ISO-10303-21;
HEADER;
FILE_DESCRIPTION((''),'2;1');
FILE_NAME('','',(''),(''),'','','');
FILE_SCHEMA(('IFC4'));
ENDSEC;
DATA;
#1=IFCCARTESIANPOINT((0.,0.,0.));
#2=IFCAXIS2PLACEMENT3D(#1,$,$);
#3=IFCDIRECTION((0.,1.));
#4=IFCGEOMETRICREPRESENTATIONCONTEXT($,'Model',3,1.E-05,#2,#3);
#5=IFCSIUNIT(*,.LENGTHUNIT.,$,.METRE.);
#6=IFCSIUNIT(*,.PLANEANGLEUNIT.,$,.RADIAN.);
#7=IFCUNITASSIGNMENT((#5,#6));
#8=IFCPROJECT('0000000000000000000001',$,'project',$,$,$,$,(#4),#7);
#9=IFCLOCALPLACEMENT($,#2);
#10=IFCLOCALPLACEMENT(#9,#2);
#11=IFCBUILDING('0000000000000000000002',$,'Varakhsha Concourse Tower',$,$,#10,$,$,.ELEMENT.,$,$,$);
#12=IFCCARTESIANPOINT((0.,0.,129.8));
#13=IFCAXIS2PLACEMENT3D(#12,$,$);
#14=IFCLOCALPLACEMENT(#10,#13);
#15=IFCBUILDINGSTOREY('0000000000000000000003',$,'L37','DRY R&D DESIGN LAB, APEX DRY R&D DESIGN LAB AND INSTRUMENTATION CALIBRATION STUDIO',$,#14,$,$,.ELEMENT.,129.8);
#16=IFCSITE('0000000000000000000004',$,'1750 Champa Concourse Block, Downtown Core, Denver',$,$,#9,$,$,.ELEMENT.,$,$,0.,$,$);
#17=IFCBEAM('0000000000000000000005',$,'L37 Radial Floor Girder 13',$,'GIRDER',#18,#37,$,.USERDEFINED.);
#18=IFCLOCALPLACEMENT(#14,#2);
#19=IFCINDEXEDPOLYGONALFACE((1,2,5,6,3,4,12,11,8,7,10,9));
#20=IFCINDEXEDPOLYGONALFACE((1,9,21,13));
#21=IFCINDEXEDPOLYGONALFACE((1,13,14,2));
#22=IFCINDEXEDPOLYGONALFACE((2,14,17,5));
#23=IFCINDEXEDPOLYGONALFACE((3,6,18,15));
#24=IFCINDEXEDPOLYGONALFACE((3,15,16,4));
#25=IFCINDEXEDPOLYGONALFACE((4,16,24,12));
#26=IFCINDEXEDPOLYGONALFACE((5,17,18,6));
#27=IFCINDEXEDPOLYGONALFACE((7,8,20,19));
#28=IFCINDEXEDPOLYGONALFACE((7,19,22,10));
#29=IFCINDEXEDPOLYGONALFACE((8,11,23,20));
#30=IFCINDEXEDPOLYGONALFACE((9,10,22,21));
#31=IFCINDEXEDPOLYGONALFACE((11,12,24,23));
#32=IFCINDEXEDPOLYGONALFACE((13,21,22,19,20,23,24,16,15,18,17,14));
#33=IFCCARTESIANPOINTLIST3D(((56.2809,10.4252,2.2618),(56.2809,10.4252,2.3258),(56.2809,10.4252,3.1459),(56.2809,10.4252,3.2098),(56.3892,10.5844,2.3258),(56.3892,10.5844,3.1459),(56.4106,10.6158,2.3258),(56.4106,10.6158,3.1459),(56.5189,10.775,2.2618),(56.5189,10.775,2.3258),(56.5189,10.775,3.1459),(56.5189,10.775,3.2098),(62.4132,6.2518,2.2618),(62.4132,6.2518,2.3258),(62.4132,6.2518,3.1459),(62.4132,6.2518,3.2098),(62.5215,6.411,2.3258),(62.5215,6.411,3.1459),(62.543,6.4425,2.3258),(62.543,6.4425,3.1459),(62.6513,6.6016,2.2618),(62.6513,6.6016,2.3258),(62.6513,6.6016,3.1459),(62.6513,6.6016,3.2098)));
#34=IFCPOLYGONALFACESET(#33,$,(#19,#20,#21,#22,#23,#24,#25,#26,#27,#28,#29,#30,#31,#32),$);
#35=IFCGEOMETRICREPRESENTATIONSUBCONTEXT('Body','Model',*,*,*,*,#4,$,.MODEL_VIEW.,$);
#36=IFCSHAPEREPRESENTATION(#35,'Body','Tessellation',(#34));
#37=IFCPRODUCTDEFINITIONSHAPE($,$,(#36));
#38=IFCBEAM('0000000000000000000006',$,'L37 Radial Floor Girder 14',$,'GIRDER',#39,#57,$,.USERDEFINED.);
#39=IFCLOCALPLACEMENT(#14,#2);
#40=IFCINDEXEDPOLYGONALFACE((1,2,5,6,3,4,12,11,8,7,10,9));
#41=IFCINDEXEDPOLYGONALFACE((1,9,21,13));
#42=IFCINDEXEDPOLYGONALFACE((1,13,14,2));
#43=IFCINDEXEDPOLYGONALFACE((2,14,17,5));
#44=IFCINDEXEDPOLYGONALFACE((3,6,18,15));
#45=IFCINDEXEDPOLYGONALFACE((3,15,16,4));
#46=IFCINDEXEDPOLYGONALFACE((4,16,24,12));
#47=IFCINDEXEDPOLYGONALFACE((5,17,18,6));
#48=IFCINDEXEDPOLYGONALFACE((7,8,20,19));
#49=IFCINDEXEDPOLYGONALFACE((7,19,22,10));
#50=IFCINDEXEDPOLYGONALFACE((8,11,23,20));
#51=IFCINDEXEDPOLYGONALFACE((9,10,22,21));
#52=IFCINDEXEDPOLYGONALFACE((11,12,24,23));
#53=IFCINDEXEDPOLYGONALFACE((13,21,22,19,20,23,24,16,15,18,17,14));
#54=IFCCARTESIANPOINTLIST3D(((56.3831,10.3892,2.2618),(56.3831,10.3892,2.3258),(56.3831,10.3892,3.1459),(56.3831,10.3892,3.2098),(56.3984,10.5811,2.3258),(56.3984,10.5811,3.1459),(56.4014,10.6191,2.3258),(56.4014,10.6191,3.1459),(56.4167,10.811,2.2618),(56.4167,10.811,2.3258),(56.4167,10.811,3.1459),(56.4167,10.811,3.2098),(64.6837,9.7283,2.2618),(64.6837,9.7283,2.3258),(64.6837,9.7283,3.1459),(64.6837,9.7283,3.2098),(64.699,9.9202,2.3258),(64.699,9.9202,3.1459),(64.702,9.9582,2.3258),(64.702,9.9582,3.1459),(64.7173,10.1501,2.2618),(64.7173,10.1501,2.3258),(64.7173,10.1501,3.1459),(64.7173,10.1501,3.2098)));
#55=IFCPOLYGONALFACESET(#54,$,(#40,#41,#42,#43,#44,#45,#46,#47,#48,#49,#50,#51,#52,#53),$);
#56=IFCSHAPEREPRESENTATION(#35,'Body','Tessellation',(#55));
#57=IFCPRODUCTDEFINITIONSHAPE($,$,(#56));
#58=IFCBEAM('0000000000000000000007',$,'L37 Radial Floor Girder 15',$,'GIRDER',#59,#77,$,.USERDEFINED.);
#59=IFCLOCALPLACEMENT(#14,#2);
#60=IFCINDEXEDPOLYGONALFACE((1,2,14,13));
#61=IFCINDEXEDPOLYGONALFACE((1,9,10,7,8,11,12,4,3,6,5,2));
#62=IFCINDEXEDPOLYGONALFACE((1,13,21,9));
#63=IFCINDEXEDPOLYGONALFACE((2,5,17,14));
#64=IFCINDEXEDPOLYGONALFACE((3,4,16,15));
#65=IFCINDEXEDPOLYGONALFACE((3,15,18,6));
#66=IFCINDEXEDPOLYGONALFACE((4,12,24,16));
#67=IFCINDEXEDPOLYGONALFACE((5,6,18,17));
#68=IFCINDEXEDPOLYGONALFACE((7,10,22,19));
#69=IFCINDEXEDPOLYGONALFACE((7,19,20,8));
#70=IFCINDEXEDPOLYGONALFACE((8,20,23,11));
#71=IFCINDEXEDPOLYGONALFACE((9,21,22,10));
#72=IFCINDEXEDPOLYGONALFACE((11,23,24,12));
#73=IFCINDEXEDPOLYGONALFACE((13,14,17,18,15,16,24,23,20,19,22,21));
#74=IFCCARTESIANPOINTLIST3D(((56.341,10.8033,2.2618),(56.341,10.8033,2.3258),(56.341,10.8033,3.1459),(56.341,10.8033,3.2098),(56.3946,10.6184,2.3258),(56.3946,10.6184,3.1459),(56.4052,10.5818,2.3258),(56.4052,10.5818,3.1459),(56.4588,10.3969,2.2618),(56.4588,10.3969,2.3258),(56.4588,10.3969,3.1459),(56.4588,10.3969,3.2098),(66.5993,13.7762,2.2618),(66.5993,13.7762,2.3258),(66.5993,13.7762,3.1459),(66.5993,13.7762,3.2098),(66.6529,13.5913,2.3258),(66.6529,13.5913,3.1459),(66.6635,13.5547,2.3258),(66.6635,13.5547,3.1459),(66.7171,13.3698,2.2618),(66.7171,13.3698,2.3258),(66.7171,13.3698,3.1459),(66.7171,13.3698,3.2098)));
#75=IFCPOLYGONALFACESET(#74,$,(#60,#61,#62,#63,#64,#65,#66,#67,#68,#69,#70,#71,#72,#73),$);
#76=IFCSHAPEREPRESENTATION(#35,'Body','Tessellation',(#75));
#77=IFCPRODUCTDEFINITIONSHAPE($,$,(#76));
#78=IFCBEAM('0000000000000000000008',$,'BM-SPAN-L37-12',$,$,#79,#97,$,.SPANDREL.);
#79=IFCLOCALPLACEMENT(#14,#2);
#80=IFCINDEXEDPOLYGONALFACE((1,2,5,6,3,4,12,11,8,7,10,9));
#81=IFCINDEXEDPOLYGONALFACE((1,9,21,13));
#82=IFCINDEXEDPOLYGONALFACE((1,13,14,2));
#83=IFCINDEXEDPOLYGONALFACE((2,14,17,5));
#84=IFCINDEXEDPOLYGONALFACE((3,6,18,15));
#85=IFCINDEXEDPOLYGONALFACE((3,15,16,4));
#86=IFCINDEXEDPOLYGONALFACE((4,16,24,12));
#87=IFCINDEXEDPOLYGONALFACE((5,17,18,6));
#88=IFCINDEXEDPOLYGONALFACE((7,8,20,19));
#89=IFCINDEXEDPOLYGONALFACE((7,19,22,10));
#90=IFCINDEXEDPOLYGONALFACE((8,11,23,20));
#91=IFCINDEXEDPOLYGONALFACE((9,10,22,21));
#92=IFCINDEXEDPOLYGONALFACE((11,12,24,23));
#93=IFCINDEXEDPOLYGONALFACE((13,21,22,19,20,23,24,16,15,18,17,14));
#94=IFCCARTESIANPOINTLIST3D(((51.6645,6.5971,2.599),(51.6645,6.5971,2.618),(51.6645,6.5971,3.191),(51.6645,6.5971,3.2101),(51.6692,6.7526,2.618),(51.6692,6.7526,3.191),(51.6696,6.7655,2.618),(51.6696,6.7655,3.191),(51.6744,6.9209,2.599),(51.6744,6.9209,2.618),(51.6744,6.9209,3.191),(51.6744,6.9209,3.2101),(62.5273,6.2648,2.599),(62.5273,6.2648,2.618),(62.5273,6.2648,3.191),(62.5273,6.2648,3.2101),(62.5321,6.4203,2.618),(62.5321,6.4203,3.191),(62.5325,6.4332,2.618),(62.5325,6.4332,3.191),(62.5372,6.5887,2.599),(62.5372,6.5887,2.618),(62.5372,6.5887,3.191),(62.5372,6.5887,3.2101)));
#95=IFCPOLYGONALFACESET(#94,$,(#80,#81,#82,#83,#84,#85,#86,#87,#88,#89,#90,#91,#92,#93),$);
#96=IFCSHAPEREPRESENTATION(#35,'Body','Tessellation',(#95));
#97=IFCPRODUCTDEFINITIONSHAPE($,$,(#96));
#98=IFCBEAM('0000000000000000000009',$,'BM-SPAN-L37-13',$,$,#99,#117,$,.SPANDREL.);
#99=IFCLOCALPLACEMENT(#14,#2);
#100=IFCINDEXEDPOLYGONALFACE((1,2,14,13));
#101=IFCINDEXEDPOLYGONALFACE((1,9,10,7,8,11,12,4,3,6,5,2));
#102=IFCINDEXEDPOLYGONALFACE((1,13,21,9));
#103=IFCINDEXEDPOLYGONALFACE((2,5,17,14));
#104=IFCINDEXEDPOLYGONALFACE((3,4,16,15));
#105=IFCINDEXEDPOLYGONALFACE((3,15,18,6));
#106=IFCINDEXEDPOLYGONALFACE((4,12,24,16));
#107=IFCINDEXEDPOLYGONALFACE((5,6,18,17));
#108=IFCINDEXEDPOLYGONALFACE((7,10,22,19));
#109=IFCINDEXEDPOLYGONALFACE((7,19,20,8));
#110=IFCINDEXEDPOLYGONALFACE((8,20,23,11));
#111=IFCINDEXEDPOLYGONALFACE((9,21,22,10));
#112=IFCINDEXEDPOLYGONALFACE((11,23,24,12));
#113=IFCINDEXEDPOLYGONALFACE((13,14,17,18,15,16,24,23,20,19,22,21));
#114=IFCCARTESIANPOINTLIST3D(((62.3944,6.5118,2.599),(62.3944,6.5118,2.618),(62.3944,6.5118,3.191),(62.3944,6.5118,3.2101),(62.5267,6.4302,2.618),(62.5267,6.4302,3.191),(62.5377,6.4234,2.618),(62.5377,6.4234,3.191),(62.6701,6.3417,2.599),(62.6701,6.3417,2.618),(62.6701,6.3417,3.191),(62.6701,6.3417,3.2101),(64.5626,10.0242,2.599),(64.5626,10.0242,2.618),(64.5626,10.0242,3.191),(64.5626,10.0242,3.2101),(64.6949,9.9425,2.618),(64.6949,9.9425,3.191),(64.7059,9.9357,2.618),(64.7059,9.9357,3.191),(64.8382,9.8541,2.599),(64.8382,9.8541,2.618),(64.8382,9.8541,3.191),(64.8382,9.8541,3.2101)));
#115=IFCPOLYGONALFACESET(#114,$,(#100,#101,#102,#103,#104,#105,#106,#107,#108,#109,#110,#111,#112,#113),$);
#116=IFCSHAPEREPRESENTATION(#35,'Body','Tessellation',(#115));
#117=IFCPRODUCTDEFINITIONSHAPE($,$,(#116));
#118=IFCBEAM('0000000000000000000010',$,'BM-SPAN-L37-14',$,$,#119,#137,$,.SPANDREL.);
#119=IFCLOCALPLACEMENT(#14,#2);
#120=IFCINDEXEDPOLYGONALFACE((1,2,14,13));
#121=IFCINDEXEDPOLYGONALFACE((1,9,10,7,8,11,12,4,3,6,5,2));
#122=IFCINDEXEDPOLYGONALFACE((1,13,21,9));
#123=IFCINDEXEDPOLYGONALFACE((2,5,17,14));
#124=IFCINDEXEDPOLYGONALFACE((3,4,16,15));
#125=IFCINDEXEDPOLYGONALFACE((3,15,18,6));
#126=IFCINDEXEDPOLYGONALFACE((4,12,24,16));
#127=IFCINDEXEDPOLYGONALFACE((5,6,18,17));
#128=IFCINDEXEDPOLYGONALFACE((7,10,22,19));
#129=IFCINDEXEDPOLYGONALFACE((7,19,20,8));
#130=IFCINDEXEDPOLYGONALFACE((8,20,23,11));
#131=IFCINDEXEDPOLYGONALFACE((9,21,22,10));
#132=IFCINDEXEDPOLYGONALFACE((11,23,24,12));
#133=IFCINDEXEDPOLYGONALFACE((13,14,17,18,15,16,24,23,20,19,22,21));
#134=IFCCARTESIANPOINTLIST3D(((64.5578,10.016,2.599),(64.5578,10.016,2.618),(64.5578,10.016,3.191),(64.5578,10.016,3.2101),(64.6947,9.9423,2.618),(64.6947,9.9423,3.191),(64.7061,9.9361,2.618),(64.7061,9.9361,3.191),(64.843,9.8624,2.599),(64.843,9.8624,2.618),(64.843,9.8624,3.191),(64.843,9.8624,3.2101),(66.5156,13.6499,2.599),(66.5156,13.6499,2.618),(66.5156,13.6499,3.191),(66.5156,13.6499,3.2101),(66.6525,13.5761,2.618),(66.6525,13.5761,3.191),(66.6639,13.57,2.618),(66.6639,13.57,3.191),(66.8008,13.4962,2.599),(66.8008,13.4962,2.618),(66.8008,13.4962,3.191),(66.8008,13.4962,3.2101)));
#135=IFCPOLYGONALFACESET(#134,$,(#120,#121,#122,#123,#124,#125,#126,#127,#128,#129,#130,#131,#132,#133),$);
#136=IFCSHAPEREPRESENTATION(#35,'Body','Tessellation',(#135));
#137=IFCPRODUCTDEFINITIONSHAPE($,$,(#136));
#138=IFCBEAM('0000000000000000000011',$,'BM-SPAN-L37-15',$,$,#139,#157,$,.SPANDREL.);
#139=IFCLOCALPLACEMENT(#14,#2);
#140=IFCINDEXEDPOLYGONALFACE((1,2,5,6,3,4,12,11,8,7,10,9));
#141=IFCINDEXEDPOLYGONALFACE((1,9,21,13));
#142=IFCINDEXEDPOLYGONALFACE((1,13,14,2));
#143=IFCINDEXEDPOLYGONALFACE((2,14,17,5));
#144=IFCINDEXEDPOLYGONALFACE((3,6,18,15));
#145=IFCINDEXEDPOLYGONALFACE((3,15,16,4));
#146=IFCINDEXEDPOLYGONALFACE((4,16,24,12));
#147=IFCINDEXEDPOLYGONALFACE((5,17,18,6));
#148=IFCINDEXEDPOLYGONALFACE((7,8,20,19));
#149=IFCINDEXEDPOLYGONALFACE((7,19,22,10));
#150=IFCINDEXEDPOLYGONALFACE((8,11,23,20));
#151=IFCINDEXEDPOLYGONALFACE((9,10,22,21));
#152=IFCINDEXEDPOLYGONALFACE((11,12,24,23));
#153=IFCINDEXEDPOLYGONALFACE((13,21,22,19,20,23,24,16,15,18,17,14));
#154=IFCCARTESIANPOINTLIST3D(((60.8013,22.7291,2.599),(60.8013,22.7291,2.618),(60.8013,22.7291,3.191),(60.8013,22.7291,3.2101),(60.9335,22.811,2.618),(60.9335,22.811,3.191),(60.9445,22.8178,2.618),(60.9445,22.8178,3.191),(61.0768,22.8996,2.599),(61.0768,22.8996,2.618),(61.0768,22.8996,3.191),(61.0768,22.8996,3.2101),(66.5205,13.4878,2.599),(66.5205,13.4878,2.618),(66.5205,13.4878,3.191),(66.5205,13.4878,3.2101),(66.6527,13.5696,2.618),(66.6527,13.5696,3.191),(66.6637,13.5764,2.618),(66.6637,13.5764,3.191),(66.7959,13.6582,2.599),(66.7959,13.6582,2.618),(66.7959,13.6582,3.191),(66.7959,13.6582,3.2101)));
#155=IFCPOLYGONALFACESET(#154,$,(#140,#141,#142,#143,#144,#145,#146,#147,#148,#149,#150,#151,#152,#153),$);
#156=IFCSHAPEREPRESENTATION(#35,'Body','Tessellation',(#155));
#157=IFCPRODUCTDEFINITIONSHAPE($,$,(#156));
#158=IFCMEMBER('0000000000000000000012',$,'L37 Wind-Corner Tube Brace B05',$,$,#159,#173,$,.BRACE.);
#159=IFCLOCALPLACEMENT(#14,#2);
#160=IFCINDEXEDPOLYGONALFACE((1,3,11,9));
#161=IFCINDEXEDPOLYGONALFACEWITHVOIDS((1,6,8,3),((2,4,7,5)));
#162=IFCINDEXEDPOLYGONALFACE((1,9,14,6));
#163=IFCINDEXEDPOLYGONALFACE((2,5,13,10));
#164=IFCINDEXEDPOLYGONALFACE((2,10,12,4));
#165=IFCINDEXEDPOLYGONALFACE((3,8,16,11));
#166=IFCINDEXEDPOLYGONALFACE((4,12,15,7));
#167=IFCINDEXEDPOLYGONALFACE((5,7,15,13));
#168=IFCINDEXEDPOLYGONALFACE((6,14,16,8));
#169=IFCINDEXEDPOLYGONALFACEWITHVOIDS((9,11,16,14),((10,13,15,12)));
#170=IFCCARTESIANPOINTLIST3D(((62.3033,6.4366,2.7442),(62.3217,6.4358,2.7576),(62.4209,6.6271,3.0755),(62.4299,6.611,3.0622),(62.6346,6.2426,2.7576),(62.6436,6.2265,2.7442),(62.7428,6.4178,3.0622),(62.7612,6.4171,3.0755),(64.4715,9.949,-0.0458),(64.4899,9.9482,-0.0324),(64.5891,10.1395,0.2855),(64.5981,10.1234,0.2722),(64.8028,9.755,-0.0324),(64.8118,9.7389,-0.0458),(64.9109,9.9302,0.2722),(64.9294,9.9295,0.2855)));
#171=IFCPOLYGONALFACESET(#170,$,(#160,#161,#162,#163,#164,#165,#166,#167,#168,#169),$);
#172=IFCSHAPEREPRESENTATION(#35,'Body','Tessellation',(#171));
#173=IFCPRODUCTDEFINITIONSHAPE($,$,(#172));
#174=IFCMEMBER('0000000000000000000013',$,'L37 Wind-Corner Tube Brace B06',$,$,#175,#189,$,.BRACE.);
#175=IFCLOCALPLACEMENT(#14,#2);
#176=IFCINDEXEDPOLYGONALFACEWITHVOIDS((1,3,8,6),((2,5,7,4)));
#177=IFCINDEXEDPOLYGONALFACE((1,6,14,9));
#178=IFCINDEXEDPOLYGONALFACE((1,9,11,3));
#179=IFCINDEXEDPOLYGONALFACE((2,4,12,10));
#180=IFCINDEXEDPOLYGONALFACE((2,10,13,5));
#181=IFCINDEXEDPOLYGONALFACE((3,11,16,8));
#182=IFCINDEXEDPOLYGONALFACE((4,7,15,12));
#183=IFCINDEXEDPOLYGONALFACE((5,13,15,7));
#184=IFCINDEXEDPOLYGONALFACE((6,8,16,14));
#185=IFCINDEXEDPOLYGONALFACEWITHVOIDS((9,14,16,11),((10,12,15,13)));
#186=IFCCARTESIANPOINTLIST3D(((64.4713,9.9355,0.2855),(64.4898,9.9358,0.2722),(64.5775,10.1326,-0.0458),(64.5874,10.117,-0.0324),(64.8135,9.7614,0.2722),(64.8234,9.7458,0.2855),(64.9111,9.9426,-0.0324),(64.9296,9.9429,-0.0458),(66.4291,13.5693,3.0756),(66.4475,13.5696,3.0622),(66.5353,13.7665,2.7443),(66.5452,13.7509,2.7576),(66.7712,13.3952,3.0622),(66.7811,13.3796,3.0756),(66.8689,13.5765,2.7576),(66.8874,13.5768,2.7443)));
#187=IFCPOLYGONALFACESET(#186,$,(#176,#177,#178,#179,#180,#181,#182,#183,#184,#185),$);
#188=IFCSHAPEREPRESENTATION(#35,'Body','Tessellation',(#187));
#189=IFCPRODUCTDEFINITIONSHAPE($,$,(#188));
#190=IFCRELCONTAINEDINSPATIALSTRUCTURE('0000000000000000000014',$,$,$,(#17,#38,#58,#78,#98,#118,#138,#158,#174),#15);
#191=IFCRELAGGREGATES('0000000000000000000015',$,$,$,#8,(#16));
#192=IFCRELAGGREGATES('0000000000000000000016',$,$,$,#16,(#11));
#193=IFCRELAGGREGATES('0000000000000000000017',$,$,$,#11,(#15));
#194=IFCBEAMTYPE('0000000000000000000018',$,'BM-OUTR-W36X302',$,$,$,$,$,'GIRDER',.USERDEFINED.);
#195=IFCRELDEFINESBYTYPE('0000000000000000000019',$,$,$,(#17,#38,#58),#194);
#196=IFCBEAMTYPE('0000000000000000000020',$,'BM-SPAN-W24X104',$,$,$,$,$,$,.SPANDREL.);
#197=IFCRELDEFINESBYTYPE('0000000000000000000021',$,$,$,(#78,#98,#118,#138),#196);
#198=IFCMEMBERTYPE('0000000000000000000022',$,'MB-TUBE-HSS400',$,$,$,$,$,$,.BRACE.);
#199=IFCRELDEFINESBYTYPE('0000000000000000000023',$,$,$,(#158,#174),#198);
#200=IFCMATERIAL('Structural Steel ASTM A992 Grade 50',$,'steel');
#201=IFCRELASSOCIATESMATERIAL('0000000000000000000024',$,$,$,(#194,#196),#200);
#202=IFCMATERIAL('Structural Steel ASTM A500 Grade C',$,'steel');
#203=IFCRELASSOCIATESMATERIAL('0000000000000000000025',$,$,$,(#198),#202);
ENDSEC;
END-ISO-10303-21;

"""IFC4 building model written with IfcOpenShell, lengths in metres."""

from ifc_helpers import new_model, si_unit, direction, frame, origin, origin_2d, place, context, subcontext, project, spatial, hollow_rectangle, i_section, extrude, source, transform, mapped, material, material_profile, profile_set, type_object, type_shapes, element, save


model = new_model("IFC4")

# Units and contexts
model_context = context("Model", 3, precision=1e-05, world=origin(), true_north=direction((0.0, 1.0)))
body_context = subcontext(model_context, "Body", "Model", "MODEL_VIEW")
ifc_project = project(units=[si_unit("LENGTHUNIT", "METRE"), si_unit("PLANEANGLEUNIT", "RADIAN")], contexts=[model_context])

# Site, building, storey
site_placement = place(None, origin())
site = spatial("IfcSite", under=ifc_project, at=site_placement, Name="1750 Champa Concourse Block, Downtown Core, Denver", CompositionType="ELEMENT", RefElevation=0.0)
building_placement = place(site_placement, origin())
building = spatial("IfcBuilding", under=site, at=building_placement, Name="Varakhsha Concourse Tower", CompositionType="ELEMENT")
storey_placement = place(building_placement, frame((0.0, 0.0, 129.8)))
storey = spatial("IfcBuildingStorey", under=building, at=storey_placement, Name="L37", Description="DRY R&D DESIGN LAB, APEX DRY R&D DESIGN LAB AND INSTRUMENTATION CALIBRATION STUDIO", CompositionType="ELEMENT", Elevation=129.8)

# Shared definitions
ifc_material_1 = material(Name="Structural Steel ASTM A992 Grade 50", Category="steel")

# Beams
ifc_material_profile_1 = material_profile(ifc_material_1, i_section(OverallWidth=0.4231, OverallDepth=0.948, WebThickness=0.0381, FlangeThickness=0.064, at=origin_2d()), Name="W36X302")
ifc_profile_set_1 = profile_set([ifc_material_profile_1], Name="Structural Steel ASTM A992 Grade 50")
beam_type_1 = type_object("IfcBeamType", Name="BM-OUTR-W36X302", ElementType="GIRDER", PredefinedType="USERDEFINED", material=ifc_profile_set_1)
beam_1_placement = place(storey_placement, frame((56.3999, 10.6001, 2.7358), z_axis=(0.826716, -0.56262, 0.0), x_axis=(0.56262, 0.826716, 0.0)))
element("IfcBeam", 1, at=beam_1_placement, inside=storey, type_object=beam_type_1, Name="L37 Radial Floor Girder 13", ObjectType="GIRDER", PredefinedType="USERDEFINED", context=body_context, shape_type="SweptSolid", body=[
    extrude(i_section(OverallWidth=0.4231, OverallDepth=0.948, WebThickness=0.0381, FlangeThickness=0.064, at=origin_2d()), origin(), (0.0, 0.0, 1.0), 7.4177),
])
beam_2_placement = place(storey_placement, frame((56.3999, 10.6001, 2.7358), z_axis=(0.996845, -0.079369, 0.0), x_axis=(0.079369, 0.996845, 0.0)))
element("IfcBeam", 2, at=beam_2_placement, inside=storey, type_object=beam_type_1, Name="L37 Radial Floor Girder 14", ObjectType="GIRDER", PredefinedType="USERDEFINED", context=body_context, shape_type="SweptSolid", body=[
    extrude(i_section(OverallWidth=0.4231, OverallDepth=0.948, WebThickness=0.0381, FlangeThickness=0.064, at=origin_2d()), origin(), (0.0, 0.0, 1.0), 8.3269),
])
beam_3_placement = place(storey_placement, frame((56.3999, 10.6001, 2.7358), z_axis=(0.960479, 0.278351, 0.0), x_axis=(-0.278351, 0.960479, 0.0)))
element("IfcBeam", 3, at=beam_3_placement, inside=storey, type_object=beam_type_1, Name="L37 Radial Floor Girder 15", ObjectType="GIRDER", PredefinedType="USERDEFINED", context=body_context, shape_type="SweptSolid", body=[
    extrude(i_section(OverallWidth=0.4231, OverallDepth=0.948, WebThickness=0.0381, FlangeThickness=0.064, at=origin_2d()), origin(), (0.0, 0.0, 1.0), 10.6804),
])
ifc_material_profile_2 = material_profile(ifc_material_1, i_section(OverallWidth=0.324, OverallDepth=0.6111, WebThickness=0.0129, FlangeThickness=0.019, at=origin_2d()), Name="W24X104")
ifc_profile_set_2 = profile_set([ifc_material_profile_2], Name="Structural Steel ASTM A992 Grade 50")
beam_type_2 = type_object("IfcBeamType", Name="BM-SPAN-W24X104", PredefinedType="SPANDREL", material=ifc_profile_set_2)
beam_4_placement = place(storey_placement, frame((51.6694, 6.759, 2.9045), z_axis=(0.999533, -0.030574, 0.0), x_axis=(0.030574, 0.999533, 0.0)))
element("IfcBeam", 4, at=beam_4_placement, inside=storey, type_object=beam_type_2, Name="BM-SPAN-L37-12", PredefinedType="SPANDREL", context=body_context, shape_type="SweptSolid", body=[
    extrude(i_section(OverallWidth=0.324, OverallDepth=0.6111, WebThickness=0.0129, FlangeThickness=0.019, at=origin_2d()), origin(), (0.0, 0.0, 1.0), 10.8679),
])
for number, where, z_axis, x_axis, name in (
    (5, (62.5322, 6.4268, 2.9045), (0.525275, 0.850933, 0.0), (-0.850933, 0.525275, 0.0), "BM-SPAN-L37-13"),
    (6, (64.7004, 9.9392, 2.9045), (0.474308, 0.880359, 0.0), (-0.880359, 0.474308, 0.0), "BM-SPAN-L37-14"),
):
    element("IfcBeam", number, at=place(storey_placement, frame(where, z_axis=z_axis, x_axis=x_axis)), inside=storey, type_object=beam_type_2, Name=name, PredefinedType="SPANDREL", context=body_context, shape_type="SweptSolid", body=[
        extrude(i_section(OverallWidth=0.324, OverallDepth=0.6111, WebThickness=0.0129, FlangeThickness=0.019, at=origin_2d()), origin(), (0.0, 0.0, 1.0), 4.1277),
    ])
beam_5_placement = place(storey_placement, frame((66.6582, 13.573, 2.9045), z_axis=(-0.526244, 0.850334, 0.0), x_axis=(-0.850334, -0.526244, 0.0)))
element("IfcBeam", 7, at=beam_5_placement, inside=storey, type_object=beam_type_2, Name="BM-SPAN-L37-15", PredefinedType="SPANDREL", context=body_context, shape_type="SweptSolid", body=[
    extrude(i_section(OverallWidth=0.324, OverallDepth=0.6111, WebThickness=0.0129, FlangeThickness=0.019, at=origin_2d()), origin(), (0.0, 0.0, 1.0), 10.8679),
])

# Members
ifc_material_2 = material(Name="Structural Steel ASTM A500 Grade C", Category="steel")
ifc_material_profile_3 = material_profile(ifc_material_2, hollow_rectangle(XDim=0.3999, YDim=0.3999, WallThickness=0.0161, at=origin_2d()), Name="HSS 400x400x16")
ifc_profile_set_3 = profile_set([ifc_material_profile_3], Name="Structural Steel ASTM A500 Grade C")
member_type_1 = type_object("IfcMemberType", Name="MB-TUBE-HSS400", PredefinedType="BRACE", material=ifc_profile_set_3)
shared_shape_1 = source(origin(), body_context, "Body", "SweptSolid", [
    extrude(hollow_rectangle(XDim=0.3999, YDim=0.3999, WallThickness=0.0161, at=origin_2d()), origin(), (0.0, 0.0, 1.0), 4.9822),
])
type_shapes(member_type_1, [shared_shape_1])
for number, where, z_axis, x_axis, name in (
    (8, (64.7004, 9.9392, 0.1199), (-0.435188, -0.704993, 0.559996), (0.850933, -0.525275, 0.0), "L37 Wind-Corner Tube Brace B05"),
    (9, (64.7004, 9.9392, 0.1199), (0.392957, 0.729365, 0.56001), (-0.880359, 0.474308, 0.0), "L37 Wind-Corner Tube Brace B06"),
):
    element("IfcMember", number, at=place(storey_placement, frame(where, z_axis=z_axis, x_axis=x_axis)), inside=storey, type_object=member_type_1, Name=name, PredefinedType="BRACE", context=body_context, shape_type="MappedRepresentation", body=[
        mapped(shared_shape_1, transform((0.0, 0.0, 0.0), scale=1.0)),
    ])

save(model, "model.ifc")
